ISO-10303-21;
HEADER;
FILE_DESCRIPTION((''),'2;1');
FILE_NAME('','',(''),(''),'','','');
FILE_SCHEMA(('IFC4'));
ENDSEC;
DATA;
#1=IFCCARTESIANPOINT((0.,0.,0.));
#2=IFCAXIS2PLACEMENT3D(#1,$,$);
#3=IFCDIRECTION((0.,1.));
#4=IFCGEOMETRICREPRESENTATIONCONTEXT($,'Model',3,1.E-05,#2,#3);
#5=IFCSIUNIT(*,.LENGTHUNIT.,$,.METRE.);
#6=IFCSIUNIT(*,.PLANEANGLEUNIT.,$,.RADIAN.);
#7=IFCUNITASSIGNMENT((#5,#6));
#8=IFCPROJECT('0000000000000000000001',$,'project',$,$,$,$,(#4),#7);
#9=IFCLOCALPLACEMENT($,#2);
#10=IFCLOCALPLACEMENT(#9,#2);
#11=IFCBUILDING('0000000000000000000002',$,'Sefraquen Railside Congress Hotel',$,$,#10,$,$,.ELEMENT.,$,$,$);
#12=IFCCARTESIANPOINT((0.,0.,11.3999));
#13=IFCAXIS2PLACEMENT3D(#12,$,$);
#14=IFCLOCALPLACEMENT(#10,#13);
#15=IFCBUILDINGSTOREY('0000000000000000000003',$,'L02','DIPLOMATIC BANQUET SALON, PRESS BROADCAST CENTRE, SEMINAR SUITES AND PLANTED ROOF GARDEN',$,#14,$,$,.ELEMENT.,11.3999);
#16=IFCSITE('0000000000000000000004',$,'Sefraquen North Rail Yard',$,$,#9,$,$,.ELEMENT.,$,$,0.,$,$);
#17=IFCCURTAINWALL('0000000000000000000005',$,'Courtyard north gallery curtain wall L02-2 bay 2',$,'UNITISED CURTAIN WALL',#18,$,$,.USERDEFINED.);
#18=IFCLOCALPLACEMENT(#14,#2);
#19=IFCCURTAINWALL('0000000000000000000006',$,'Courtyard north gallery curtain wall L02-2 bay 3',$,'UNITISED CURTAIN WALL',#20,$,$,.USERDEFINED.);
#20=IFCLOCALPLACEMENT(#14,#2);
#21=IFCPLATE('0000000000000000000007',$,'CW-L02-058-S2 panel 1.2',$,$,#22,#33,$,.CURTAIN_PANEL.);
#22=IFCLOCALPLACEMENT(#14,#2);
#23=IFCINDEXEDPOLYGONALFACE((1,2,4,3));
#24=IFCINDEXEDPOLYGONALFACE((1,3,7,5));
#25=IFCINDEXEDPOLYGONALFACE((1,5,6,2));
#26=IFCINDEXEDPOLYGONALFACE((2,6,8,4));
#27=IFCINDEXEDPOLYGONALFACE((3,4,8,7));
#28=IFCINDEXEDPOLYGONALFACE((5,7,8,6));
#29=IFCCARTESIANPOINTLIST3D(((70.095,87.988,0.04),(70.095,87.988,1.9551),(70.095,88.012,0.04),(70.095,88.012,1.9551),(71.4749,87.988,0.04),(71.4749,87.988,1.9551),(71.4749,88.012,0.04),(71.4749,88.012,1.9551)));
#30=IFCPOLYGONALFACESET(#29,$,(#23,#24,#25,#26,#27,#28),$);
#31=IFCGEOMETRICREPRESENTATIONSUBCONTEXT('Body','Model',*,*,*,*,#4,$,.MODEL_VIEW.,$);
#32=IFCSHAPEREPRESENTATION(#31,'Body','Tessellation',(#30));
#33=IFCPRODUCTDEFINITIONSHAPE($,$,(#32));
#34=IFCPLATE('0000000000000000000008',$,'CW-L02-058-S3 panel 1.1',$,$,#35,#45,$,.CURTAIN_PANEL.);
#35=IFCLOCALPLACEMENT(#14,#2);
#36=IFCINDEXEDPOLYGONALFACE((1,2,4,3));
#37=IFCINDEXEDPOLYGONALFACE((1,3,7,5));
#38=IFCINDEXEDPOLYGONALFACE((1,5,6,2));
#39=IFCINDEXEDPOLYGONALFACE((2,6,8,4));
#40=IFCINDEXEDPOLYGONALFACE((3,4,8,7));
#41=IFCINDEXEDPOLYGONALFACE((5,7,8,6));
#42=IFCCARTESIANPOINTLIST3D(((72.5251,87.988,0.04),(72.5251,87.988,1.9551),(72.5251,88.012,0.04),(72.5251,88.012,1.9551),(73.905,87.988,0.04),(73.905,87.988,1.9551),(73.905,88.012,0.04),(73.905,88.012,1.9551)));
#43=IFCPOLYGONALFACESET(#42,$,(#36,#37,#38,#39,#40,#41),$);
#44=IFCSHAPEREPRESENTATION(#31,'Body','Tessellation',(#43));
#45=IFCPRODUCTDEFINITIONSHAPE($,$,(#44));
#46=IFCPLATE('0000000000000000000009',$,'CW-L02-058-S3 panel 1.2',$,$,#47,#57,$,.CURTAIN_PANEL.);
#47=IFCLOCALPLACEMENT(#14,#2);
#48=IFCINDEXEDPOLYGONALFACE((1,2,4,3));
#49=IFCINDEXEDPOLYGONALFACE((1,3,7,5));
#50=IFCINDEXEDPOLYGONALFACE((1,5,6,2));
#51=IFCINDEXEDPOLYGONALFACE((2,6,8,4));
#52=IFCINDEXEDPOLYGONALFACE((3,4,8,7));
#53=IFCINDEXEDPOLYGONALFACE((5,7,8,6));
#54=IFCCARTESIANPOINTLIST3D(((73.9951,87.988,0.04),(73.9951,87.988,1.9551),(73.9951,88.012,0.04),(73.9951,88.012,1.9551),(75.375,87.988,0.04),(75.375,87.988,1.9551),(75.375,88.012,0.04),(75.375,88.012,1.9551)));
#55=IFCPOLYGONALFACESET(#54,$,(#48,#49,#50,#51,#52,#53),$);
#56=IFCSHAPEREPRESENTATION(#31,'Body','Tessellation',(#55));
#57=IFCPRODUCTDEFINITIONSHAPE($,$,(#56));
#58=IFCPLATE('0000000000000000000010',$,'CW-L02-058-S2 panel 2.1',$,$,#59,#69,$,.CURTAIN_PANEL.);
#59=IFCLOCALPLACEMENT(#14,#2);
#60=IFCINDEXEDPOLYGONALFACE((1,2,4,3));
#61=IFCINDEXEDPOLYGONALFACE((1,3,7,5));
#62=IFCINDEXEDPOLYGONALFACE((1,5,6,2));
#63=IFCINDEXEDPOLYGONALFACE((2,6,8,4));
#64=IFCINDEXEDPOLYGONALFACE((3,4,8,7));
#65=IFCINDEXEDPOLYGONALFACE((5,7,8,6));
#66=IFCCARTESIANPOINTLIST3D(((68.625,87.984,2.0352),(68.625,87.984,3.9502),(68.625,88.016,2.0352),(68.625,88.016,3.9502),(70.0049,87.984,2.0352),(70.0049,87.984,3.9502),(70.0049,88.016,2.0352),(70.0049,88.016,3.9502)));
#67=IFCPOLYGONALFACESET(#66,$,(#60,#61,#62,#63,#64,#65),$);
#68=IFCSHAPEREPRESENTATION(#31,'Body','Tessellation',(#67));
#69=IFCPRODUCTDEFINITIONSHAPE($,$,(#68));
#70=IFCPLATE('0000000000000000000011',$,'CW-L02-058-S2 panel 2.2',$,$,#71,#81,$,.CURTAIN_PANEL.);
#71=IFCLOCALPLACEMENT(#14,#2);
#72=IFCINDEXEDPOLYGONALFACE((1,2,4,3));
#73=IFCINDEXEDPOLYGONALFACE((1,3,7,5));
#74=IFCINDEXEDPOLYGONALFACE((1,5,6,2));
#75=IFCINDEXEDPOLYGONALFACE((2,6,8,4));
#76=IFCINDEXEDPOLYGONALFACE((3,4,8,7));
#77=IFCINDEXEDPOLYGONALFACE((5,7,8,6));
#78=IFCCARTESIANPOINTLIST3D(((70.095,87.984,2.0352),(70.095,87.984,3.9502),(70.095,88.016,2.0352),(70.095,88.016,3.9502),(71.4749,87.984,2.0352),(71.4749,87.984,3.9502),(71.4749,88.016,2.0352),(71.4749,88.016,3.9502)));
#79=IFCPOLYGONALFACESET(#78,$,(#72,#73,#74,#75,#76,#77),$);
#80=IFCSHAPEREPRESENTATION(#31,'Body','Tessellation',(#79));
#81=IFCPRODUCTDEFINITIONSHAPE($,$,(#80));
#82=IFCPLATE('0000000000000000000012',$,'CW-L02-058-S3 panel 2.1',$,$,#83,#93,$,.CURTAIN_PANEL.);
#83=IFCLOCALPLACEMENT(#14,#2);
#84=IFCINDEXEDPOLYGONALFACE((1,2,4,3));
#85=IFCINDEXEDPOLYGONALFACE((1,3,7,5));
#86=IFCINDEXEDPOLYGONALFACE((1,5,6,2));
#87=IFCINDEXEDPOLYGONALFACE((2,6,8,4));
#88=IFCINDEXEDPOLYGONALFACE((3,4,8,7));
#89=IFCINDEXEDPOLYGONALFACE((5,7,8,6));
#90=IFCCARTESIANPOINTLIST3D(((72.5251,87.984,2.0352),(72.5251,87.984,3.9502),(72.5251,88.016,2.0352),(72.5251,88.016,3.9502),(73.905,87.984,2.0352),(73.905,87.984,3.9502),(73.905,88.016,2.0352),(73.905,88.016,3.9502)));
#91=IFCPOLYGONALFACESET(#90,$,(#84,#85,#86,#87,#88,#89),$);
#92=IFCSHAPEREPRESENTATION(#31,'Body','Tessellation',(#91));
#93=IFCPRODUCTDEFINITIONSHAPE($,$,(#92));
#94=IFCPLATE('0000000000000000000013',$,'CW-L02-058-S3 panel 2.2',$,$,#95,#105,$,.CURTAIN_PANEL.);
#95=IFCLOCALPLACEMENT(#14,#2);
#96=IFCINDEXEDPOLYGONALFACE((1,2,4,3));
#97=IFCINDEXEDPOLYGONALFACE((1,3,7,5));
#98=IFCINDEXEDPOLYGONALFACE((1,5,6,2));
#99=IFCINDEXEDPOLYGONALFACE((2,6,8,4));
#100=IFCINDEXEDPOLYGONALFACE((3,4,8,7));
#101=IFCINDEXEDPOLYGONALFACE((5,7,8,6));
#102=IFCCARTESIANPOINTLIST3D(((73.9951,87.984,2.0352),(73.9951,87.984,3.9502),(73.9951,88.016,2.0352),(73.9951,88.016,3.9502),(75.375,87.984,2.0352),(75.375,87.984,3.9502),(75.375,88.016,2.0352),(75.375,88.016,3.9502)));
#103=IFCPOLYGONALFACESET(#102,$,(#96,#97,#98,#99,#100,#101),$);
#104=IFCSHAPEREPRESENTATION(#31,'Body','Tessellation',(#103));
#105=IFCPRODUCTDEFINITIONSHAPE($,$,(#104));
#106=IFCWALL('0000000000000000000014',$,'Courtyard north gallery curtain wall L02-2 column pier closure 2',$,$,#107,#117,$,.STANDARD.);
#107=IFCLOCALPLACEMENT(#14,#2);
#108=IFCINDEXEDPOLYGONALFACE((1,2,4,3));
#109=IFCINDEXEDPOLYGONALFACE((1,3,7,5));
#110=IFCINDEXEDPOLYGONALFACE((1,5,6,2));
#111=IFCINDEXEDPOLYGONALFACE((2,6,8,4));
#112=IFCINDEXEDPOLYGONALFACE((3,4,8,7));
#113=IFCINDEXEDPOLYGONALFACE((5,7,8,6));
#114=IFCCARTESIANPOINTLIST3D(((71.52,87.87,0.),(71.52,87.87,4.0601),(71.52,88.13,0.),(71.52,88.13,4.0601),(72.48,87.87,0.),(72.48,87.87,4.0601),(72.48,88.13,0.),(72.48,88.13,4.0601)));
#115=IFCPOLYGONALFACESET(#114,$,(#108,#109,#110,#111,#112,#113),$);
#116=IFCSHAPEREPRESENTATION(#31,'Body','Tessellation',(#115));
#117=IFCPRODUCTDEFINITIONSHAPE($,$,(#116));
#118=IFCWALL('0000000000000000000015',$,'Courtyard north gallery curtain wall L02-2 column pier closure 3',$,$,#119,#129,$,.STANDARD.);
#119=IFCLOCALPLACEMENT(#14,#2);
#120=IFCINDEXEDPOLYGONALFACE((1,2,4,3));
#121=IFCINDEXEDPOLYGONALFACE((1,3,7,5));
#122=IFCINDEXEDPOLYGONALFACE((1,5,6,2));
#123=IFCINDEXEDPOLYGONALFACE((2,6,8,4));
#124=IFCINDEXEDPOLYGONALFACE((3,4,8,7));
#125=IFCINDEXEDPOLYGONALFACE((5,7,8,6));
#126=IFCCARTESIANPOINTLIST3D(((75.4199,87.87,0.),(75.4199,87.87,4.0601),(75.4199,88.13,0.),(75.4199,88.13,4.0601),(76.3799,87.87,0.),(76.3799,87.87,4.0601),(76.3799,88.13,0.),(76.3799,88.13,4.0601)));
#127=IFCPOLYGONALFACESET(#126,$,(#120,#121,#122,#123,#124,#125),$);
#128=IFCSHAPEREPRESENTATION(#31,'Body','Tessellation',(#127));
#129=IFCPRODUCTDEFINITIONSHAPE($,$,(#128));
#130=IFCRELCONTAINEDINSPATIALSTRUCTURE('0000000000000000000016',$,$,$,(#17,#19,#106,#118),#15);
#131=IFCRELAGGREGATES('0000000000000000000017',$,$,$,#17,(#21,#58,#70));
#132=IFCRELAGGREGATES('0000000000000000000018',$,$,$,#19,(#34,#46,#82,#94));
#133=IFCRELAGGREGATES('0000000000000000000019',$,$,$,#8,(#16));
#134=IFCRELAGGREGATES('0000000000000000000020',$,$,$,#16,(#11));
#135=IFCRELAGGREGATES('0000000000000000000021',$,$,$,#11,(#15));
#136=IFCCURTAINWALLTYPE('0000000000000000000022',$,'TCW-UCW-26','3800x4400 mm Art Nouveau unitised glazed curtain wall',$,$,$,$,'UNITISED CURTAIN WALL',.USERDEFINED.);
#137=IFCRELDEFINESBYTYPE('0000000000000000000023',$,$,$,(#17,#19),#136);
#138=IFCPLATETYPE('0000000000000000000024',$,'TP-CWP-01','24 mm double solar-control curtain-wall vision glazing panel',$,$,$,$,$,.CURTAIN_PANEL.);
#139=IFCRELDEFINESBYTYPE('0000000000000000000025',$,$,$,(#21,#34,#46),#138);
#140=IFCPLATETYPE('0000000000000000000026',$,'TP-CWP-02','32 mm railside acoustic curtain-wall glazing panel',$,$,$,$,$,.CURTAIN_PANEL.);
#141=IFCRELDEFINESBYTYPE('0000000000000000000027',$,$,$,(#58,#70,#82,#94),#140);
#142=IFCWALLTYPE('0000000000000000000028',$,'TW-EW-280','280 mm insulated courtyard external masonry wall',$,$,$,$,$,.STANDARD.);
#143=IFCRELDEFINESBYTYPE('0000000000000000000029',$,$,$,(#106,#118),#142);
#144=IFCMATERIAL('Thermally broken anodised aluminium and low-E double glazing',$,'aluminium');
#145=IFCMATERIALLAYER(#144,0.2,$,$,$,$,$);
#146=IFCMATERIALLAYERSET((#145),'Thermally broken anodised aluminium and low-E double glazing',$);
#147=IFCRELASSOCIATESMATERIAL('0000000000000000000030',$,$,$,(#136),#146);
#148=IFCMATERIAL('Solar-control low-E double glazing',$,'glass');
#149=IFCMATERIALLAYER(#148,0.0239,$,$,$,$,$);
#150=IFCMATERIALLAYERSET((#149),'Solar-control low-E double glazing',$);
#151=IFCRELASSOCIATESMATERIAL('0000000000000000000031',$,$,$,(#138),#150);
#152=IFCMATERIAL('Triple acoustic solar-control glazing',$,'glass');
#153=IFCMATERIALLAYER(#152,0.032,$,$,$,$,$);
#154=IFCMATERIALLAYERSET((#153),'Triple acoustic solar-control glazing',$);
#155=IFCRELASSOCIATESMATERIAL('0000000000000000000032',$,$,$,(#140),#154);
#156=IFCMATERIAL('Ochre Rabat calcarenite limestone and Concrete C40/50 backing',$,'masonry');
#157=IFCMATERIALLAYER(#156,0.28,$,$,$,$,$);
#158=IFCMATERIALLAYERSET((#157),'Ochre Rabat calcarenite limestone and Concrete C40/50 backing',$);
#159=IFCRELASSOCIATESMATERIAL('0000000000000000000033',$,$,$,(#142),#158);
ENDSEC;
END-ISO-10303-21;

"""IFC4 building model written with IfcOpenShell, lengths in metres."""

from ifc_helpers import new_model, si_unit, direction, frame, frame_2d, origin, origin_2d, place, context, subcontext, project, spatial, rectangle, extrude, material, layer, layer_set, type_object, element, aggregate, save


model = new_model("IFC4")

# Units and contexts
model_context = context("Model", 3, precision=1e-05, world=origin(), true_north=direction((0.0, 1.0)))
body_context = subcontext(model_context, "Body", "Model", "MODEL_VIEW")
ifc_project = project(units=[si_unit("LENGTHUNIT", "METRE"), si_unit("PLANEANGLEUNIT", "RADIAN")], contexts=[model_context])

# Site, building, storey
site_placement = place(None, origin())
site = spatial("IfcSite", under=ifc_project, at=site_placement, Name="Sefraquen North Rail Yard", CompositionType="ELEMENT", RefElevation=0.0)
building_placement = place(site_placement, origin())
building = spatial("IfcBuilding", under=site, at=building_placement, Name="Sefraquen Railside Congress Hotel", CompositionType="ELEMENT")
storey_placement = place(building_placement, frame((0.0, 0.0, 11.3999)))
storey = spatial("IfcBuildingStorey", under=building, at=storey_placement, Name="L02", Description="DIPLOMATIC BANQUET SALON, PRESS BROADCAST CENTRE, SEMINAR SUITES AND PLANTED ROOF GARDEN", CompositionType="ELEMENT", Elevation=11.3999)

# Curtain walls
ifc_material_1 = material(Name="Thermally broken anodised aluminium and low-E double glazing", Category="aluminium")
ifc_layer_1 = layer(ifc_material_1, 0.2)
ifc_layer_set_1 = layer_set([ifc_layer_1], Name="Thermally broken anodised aluminium and low-E double glazing")
curtain_wall_type = type_object("IfcCurtainWallType", Name="TCW-UCW-26", Description="3800x4400 mm Art Nouveau unitised glazed curtain wall", ElementType="UNITISED CURTAIN WALL", PredefinedType="USERDEFINED", material=ifc_layer_set_1)
curtain_wall_1_placement = place(storey_placement, origin())
curtain_wall_1 = element("IfcCurtainWall", 1, at=curtain_wall_1_placement, inside=storey, type_object=curtain_wall_type, Name="Courtyard north gallery curtain wall L02-2 bay 2", ObjectType="UNITISED CURTAIN WALL", PredefinedType="USERDEFINED")
curtain_wall_2_placement = place(storey_placement, origin())
curtain_wall_2 = element("IfcCurtainWall", 2, at=curtain_wall_2_placement, inside=storey, type_object=curtain_wall_type, Name="Courtyard north gallery curtain wall L02-2 bay 3", ObjectType="UNITISED CURTAIN WALL", PredefinedType="USERDEFINED")

# Plates
ifc_material_2 = material(Name="Solar-control low-E double glazing", Category="glass")
ifc_layer_2 = layer(ifc_material_2, 0.0239)
ifc_layer_set_2 = layer_set([ifc_layer_2], Name="Solar-control low-E double glazing")
plate_type_1 = type_object("IfcPlateType", Name="TP-CWP-01", Description="24 mm double solar-control curtain-wall vision glazing panel", PredefinedType="CURTAIN_PANEL", material=ifc_layer_set_2)
plate_1_placement = place(storey_placement, frame((70.7849, 88.0, 0.04), z_axis=(0.0, 0.0, 1.0), x_axis=(1.0, 0.0, 0.0)))
plate_1 = element("IfcPlate", 3, at=plate_1_placement, type_object=plate_type_1, Name="CW-L02-058-S2 panel 1.2", PredefinedType="CURTAIN_PANEL", context=body_context, shape_type="SweptSolid", body=[
    extrude(rectangle(XDim=1.3799, YDim=0.0239, at=origin_2d()), origin(), (0.0, 0.0, 1.0), 1.915),
])
plate_2_placement = place(storey_placement, frame((73.2151, 88.0, 0.04), z_axis=(0.0, 0.0, 1.0), x_axis=(1.0, 0.0, 0.0)))
plate_2 = element("IfcPlate", 4, at=plate_2_placement, type_object=plate_type_1, Name="CW-L02-058-S3 panel 1.1", PredefinedType="CURTAIN_PANEL", context=body_context, shape_type="SweptSolid", body=[
    extrude(rectangle(XDim=1.3799, YDim=0.0239, at=origin_2d()), origin(), (0.0, 0.0, 1.0), 1.915),
])
plate_3_placement = place(storey_placement, frame((74.6851, 88.0, 0.04), z_axis=(0.0, 0.0, 1.0), x_axis=(1.0, 0.0, 0.0)))
plate_3 = element("IfcPlate", 5, at=plate_3_placement, type_object=plate_type_1, Name="CW-L02-058-S3 panel 1.2", PredefinedType="CURTAIN_PANEL", context=body_context, shape_type="SweptSolid", body=[
    extrude(rectangle(XDim=1.3799, YDim=0.0239, at=origin_2d()), origin(), (0.0, 0.0, 1.0), 1.915),
])
ifc_material_3 = material(Name="Triple acoustic solar-control glazing", Category="glass")
ifc_layer_3 = layer(ifc_material_3, 0.032)
ifc_layer_set_3 = layer_set([ifc_layer_3], Name="Triple acoustic solar-control glazing")
plate_type_2 = type_object("IfcPlateType", Name="TP-CWP-02", Description="32 mm railside acoustic curtain-wall glazing panel", PredefinedType="CURTAIN_PANEL", material=ifc_layer_set_3)
plate_4_placement = place(storey_placement, frame((69.3149, 88.0, 2.0352), z_axis=(0.0, 0.0, 1.0), x_axis=(1.0, 0.0, 0.0)))
plate_4 = element("IfcPlate", 6, at=plate_4_placement, type_object=plate_type_2, Name="CW-L02-058-S2 panel 2.1", PredefinedType="CURTAIN_PANEL", context=body_context, shape_type="SweptSolid", body=[
    extrude(rectangle(XDim=1.3799, YDim=0.032, at=origin_2d()), origin(), (0.0, 0.0, 1.0), 1.915),
])
plate_5_placement = place(storey_placement, frame((70.7849, 88.0, 2.0352), z_axis=(0.0, 0.0, 1.0), x_axis=(1.0, 0.0, 0.0)))
plate_5 = element("IfcPlate", 7, at=plate_5_placement, type_object=plate_type_2, Name="CW-L02-058-S2 panel 2.2", PredefinedType="CURTAIN_PANEL", context=body_context, shape_type="SweptSolid", body=[
    extrude(rectangle(XDim=1.3799, YDim=0.032, at=origin_2d()), origin(), (0.0, 0.0, 1.0), 1.915),
])
aggregate(curtain_wall_1, [plate_1, plate_4, plate_5])
plate_6_placement = place(storey_placement, frame((73.2151, 88.0, 2.0352), z_axis=(0.0, 0.0, 1.0), x_axis=(1.0, 0.0, 0.0)))
plate_6 = element("IfcPlate", 8, at=plate_6_placement, type_object=plate_type_2, Name="CW-L02-058-S3 panel 2.1", PredefinedType="CURTAIN_PANEL", context=body_context, shape_type="SweptSolid", body=[
    extrude(rectangle(XDim=1.3799, YDim=0.032, at=origin_2d()), origin(), (0.0, 0.0, 1.0), 1.915),
])
plate_7_placement = place(storey_placement, frame((74.6851, 88.0, 2.0352), z_axis=(0.0, 0.0, 1.0), x_axis=(1.0, 0.0, 0.0)))
plate_7 = element("IfcPlate", 9, at=plate_7_placement, type_object=plate_type_2, Name="CW-L02-058-S3 panel 2.2", PredefinedType="CURTAIN_PANEL", context=body_context, shape_type="SweptSolid", body=[
    extrude(rectangle(XDim=1.3799, YDim=0.032, at=origin_2d()), origin(), (0.0, 0.0, 1.0), 1.915),
])
aggregate(curtain_wall_2, [plate_2, plate_3, plate_6, plate_7])

# Walls
ifc_material_4 = material(Name="Ochre Rabat calcarenite limestone and Concrete C40/50 backing", Category="masonry")
ifc_layer_4 = layer(ifc_material_4, 0.28)
ifc_layer_set_4 = layer_set([ifc_layer_4], Name="Ochre Rabat calcarenite limestone and Concrete C40/50 backing")
wall_type = type_object("IfcWallType", Name="TW-EW-280", Description="280 mm insulated courtyard external masonry wall", PredefinedType="STANDARD", material=ifc_layer_set_4)
for number, where, z_axis, x_axis, name in (
    (10, (71.52, 88.0, 0.0), (0.0, 0.0, 1.0), (1.0, 0.0, 0.0), "Courtyard north gallery curtain wall L02-2 column pier closure 2"),
    (11, (75.4199, 88.0, 0.0), (0.0, 0.0, 1.0), (1.0, 0.0, 0.0), "Courtyard north gallery curtain wall L02-2 column pier closure 3"),
):
    element("IfcWall", number, at=place(storey_placement, frame(where, z_axis=z_axis, x_axis=x_axis)), inside=storey, type_object=wall_type, Name=name, PredefinedType="STANDARD", context=body_context, shape_type="SweptSolid", body=[
        extrude(rectangle(XDim=0.96, YDim=0.26, at=frame_2d((0.48, 0.0))), origin(), (0.0, 0.0, 1.0), 4.0601),
    ])

save(model, "model.ifc")
